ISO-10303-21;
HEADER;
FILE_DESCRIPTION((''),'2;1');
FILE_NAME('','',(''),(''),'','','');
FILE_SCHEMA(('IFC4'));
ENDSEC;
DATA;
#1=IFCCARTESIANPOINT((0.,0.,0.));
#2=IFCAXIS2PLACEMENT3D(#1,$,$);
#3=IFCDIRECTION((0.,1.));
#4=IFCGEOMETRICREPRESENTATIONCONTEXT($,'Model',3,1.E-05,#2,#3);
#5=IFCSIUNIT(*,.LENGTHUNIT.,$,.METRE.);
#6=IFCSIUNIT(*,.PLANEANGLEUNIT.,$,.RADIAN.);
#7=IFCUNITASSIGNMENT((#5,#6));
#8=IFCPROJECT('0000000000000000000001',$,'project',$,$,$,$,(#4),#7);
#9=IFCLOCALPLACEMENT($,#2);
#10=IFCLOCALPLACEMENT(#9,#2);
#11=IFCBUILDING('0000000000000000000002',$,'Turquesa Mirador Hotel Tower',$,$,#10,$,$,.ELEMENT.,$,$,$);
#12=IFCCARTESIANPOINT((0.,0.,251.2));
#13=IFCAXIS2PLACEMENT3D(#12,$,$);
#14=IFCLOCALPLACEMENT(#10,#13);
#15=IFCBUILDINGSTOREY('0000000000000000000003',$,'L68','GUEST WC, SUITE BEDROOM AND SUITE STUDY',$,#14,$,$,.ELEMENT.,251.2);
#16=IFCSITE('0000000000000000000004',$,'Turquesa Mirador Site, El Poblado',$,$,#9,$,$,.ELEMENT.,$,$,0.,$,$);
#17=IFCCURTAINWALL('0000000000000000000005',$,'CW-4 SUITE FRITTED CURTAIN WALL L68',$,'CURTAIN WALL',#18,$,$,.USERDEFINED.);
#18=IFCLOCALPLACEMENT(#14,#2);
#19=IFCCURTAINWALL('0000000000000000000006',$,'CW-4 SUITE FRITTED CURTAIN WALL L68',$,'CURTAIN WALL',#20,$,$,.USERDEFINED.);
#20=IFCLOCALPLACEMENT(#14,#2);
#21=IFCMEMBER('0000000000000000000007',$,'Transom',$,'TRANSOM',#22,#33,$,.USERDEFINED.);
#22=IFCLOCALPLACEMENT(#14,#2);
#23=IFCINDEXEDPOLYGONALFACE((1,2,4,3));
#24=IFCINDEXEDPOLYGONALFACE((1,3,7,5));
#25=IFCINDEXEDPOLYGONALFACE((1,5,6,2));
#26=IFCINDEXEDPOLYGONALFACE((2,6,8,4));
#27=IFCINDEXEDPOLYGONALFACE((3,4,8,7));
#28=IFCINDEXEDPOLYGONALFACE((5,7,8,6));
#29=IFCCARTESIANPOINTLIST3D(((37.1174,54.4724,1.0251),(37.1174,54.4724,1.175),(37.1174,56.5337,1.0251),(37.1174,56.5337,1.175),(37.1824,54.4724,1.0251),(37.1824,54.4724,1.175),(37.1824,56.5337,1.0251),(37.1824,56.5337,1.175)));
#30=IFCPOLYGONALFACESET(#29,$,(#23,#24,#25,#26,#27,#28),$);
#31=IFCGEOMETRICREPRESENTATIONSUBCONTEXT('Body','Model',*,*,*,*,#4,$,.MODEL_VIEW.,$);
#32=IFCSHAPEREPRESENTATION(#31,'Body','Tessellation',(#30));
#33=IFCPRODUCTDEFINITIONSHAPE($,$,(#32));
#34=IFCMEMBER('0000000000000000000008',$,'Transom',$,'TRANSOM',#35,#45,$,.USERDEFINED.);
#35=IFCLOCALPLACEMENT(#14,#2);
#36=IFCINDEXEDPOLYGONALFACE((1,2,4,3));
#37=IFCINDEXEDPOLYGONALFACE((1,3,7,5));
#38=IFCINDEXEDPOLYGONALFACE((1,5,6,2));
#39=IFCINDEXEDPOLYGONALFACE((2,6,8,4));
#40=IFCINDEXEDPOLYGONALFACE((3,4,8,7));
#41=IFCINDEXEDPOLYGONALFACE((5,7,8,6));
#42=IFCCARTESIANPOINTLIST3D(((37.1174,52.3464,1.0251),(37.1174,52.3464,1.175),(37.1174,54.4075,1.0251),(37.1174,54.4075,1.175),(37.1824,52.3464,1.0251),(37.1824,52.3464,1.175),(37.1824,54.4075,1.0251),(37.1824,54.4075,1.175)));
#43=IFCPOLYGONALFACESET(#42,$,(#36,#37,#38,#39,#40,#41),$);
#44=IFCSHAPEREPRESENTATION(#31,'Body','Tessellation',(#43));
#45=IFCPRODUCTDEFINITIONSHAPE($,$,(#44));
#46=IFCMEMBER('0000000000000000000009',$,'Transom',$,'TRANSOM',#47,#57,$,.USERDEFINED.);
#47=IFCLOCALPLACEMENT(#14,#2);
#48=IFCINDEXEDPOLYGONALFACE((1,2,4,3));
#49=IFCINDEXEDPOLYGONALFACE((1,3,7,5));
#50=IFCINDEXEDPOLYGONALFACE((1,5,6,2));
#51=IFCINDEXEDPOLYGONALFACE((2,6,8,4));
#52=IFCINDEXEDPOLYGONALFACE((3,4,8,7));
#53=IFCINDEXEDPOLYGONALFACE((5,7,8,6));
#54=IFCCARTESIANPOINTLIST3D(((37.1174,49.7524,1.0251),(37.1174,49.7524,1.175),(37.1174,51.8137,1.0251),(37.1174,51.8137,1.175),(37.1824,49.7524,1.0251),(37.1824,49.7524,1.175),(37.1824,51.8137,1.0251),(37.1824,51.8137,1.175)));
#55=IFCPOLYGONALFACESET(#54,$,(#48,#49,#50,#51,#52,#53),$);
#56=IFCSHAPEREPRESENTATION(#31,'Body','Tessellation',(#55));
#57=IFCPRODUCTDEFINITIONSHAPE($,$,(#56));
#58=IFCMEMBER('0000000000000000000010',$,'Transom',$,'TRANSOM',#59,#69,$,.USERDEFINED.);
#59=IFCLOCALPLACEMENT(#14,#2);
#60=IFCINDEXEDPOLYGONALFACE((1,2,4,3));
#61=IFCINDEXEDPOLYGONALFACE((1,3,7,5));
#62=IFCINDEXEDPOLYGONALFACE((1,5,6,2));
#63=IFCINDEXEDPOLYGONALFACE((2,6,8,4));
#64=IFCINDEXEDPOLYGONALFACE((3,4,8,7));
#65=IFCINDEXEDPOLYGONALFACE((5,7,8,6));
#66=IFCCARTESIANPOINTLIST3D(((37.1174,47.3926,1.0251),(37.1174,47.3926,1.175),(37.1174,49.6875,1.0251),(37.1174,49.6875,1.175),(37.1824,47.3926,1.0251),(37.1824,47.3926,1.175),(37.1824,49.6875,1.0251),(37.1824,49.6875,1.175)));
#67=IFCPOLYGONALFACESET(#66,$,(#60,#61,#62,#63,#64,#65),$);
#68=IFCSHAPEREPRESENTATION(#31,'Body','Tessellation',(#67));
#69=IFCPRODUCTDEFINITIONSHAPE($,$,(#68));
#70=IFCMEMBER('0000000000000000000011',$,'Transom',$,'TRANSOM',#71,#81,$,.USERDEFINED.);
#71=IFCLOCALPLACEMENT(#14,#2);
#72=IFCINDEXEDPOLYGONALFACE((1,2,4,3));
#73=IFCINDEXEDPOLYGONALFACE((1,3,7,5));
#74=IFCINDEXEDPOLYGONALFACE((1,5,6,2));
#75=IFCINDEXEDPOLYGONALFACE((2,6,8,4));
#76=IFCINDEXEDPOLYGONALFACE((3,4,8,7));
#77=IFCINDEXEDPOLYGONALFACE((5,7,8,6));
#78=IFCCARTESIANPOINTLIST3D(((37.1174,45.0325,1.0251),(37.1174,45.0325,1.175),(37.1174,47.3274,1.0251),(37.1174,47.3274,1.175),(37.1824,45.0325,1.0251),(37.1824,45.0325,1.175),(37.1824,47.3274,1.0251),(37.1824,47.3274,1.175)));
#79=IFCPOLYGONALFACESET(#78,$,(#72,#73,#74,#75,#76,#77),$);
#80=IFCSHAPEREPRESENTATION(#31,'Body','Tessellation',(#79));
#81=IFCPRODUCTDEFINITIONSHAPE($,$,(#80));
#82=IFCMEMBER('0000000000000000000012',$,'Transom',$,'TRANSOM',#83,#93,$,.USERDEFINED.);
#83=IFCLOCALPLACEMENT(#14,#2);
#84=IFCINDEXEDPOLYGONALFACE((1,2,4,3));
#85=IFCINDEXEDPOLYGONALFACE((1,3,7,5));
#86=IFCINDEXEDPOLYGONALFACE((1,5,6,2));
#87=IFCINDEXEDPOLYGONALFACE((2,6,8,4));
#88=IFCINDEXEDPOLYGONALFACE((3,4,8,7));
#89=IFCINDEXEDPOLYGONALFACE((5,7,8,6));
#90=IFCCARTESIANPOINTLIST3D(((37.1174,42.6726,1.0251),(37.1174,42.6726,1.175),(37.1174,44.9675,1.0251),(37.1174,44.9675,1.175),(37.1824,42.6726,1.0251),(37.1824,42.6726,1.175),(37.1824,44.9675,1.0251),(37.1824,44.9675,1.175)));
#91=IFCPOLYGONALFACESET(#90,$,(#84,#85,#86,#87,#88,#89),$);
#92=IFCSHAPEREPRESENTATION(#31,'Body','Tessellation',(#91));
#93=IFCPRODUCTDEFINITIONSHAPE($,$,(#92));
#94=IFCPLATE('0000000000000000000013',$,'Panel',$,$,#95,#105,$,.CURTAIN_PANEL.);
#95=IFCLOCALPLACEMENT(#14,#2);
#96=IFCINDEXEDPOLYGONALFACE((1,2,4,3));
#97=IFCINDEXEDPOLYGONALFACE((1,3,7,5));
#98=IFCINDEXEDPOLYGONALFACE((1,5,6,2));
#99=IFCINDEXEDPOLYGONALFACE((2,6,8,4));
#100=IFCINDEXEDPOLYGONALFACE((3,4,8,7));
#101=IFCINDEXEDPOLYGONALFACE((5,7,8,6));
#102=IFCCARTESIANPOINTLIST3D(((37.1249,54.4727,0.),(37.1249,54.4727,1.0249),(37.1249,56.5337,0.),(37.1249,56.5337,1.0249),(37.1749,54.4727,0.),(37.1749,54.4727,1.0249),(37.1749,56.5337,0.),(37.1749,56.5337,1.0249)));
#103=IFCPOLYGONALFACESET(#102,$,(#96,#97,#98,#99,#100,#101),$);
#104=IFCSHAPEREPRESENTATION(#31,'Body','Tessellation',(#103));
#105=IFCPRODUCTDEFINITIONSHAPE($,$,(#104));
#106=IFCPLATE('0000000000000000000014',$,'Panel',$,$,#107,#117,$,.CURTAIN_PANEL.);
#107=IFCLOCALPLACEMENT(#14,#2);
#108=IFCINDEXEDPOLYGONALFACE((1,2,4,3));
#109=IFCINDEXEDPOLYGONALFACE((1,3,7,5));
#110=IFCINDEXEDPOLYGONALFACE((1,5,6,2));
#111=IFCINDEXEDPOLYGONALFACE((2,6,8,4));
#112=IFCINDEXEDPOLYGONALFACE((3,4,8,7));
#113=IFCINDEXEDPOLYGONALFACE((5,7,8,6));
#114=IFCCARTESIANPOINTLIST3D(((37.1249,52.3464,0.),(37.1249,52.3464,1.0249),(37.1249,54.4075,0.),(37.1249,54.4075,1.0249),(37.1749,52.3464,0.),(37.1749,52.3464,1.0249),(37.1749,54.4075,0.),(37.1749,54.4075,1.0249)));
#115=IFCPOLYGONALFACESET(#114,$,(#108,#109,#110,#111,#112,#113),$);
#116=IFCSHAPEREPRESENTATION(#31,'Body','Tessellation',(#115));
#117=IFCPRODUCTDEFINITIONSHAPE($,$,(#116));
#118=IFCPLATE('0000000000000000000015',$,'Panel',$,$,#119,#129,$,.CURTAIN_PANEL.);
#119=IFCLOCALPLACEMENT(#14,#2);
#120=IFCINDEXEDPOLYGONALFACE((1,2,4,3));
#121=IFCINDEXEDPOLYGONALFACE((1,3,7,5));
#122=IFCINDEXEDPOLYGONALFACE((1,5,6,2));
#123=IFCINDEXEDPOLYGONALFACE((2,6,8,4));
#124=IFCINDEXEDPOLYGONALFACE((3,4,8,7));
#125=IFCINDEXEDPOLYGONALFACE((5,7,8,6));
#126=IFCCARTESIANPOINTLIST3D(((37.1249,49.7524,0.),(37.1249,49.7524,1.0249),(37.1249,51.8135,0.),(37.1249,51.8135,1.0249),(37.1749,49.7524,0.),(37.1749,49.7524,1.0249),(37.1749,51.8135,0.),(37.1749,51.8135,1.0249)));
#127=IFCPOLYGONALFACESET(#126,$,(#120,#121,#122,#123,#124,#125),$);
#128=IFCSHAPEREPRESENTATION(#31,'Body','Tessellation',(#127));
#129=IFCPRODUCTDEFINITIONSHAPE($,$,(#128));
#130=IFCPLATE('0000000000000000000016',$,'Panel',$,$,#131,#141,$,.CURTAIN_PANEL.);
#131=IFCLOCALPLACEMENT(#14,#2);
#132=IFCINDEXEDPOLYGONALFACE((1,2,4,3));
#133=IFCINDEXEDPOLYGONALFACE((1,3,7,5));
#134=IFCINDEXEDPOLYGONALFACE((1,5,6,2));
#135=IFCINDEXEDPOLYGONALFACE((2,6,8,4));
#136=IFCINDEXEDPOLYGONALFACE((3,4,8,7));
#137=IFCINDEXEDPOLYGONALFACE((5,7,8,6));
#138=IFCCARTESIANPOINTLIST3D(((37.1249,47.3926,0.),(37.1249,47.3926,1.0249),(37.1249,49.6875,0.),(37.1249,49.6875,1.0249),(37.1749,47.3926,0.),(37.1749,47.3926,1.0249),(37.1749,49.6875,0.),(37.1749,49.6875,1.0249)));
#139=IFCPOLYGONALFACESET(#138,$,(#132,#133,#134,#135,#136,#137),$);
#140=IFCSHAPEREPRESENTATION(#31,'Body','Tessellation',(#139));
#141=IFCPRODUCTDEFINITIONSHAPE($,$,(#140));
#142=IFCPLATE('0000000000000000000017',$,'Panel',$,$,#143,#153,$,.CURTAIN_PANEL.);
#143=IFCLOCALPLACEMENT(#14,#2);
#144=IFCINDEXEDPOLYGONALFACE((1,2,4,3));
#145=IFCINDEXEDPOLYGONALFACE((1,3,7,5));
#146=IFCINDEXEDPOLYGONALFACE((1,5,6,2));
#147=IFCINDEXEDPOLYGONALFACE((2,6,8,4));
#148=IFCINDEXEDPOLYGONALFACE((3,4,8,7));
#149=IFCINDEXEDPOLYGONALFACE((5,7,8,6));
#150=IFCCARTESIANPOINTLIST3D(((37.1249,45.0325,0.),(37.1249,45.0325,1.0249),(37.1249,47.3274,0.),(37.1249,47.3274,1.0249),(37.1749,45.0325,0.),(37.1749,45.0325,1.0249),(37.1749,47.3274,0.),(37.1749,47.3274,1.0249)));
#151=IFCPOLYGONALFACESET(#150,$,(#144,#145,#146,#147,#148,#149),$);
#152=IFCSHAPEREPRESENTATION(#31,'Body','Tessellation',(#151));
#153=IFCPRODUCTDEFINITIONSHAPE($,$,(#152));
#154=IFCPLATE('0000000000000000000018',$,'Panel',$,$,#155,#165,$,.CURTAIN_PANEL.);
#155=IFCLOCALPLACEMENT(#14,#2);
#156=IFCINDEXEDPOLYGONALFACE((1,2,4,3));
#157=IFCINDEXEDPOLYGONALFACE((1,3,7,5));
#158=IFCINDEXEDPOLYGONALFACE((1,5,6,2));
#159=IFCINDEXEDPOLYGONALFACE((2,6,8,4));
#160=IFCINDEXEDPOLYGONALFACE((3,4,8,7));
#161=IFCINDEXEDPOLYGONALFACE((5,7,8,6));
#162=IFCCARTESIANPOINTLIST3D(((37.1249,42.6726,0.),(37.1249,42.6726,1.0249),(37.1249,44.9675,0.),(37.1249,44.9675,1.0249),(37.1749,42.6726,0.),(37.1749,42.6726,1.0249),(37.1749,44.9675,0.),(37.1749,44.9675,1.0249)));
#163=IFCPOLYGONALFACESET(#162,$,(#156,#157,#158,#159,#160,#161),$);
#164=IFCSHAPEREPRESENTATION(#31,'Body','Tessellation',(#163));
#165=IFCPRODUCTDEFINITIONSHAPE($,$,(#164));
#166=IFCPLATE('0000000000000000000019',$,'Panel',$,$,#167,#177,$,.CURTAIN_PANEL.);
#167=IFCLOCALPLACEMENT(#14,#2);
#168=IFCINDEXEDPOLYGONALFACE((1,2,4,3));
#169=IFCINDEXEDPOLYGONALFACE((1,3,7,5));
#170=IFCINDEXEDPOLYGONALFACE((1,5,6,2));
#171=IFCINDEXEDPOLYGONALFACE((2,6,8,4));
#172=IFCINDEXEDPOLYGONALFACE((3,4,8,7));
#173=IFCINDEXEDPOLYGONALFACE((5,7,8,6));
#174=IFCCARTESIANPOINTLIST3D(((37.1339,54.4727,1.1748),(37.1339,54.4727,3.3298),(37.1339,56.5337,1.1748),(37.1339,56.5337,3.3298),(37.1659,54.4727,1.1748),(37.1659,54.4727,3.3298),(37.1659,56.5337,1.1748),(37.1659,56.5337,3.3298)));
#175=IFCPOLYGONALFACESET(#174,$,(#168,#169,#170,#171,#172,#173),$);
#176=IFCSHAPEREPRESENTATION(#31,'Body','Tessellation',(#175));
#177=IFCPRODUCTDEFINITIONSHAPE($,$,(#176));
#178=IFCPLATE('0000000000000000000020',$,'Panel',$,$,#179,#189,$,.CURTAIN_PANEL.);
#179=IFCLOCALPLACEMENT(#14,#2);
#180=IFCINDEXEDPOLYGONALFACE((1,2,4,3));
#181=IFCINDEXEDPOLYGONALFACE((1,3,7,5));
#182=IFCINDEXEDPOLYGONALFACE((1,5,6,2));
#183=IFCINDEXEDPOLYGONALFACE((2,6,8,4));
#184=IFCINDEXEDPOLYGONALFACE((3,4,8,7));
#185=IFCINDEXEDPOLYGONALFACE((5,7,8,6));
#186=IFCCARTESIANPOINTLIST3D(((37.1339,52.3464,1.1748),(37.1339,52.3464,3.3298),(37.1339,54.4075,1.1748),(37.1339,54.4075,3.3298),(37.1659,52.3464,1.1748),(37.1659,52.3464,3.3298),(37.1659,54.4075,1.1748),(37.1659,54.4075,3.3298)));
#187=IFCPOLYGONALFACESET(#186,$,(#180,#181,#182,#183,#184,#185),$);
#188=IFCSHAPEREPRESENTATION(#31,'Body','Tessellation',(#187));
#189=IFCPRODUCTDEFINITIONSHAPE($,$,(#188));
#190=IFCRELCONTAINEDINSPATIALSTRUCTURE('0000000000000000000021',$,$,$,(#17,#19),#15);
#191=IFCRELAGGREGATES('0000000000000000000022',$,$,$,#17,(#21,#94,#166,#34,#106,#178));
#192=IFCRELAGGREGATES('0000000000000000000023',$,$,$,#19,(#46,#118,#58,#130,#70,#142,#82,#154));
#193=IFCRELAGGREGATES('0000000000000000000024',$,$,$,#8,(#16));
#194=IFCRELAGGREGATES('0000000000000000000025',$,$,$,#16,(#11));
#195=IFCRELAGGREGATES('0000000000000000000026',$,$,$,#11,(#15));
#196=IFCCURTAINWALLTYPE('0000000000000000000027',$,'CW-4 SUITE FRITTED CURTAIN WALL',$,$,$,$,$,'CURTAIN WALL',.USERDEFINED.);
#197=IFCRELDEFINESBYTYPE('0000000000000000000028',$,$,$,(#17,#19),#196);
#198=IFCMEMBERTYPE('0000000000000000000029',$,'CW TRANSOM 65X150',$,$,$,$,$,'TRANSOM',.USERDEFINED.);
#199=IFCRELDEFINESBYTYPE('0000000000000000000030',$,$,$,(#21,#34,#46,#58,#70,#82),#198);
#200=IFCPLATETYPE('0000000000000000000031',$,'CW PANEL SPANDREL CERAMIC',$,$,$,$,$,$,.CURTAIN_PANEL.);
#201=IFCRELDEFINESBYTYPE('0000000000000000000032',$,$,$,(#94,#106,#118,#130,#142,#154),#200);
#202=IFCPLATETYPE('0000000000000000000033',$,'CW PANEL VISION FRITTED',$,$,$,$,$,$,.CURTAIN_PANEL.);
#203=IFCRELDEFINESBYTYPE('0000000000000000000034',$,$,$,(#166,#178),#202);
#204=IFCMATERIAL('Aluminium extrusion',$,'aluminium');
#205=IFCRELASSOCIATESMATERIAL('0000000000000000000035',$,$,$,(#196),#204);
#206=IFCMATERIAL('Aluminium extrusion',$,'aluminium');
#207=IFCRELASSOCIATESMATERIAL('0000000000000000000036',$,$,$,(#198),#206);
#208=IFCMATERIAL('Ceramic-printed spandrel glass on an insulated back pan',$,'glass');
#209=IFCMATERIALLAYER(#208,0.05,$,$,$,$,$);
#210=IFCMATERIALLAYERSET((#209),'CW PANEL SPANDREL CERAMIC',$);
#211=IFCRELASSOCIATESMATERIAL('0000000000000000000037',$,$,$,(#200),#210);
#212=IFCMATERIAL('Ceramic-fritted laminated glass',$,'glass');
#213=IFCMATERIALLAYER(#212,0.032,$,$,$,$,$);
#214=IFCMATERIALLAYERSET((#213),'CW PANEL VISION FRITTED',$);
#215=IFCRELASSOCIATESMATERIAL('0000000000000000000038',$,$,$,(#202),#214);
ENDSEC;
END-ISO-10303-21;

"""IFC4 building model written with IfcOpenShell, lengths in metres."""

from ifc_helpers import new_model, si_unit, direction, frame, origin, origin_2d, place, context, subcontext, project, spatial, rectangle, extrude, material, layer, layer_set, material_profile, profile_set, type_object, element, aggregate, save


model = new_model("IFC4")

# Units and contexts
model_context = context("Model", 3, precision=1e-05, world=origin(), true_north=direction((0.0, 1.0)))
body_context = subcontext(model_context, "Body", "Model", "MODEL_VIEW")
ifc_project = project(units=[si_unit("LENGTHUNIT", "METRE"), si_unit("PLANEANGLEUNIT", "RADIAN")], contexts=[model_context])

# Site, building, storey
site_placement = place(None, origin())
site = spatial("IfcSite", under=ifc_project, at=site_placement, Name="Turquesa Mirador Site, El Poblado", CompositionType="ELEMENT", RefElevation=0.0)
building_placement = place(site_placement, origin())
building = spatial("IfcBuilding", under=site, at=building_placement, Name="Turquesa Mirador Hotel Tower", CompositionType="ELEMENT")
storey_placement = place(building_placement, frame((0.0, 0.0, 251.2)))
storey = spatial("IfcBuildingStorey", under=building, at=storey_placement, Name="L68", Description="GUEST WC, SUITE BEDROOM AND SUITE STUDY", CompositionType="ELEMENT", Elevation=251.2)

# Curtain walls
ifc_material_1 = material(Name="Aluminium extrusion", Category="aluminium")
curtain_wall_type = type_object("IfcCurtainWallType", Name="CW-4 SUITE FRITTED CURTAIN WALL", ElementType="CURTAIN WALL", PredefinedType="USERDEFINED", material=ifc_material_1)
curtain_wall_1_placement = place(storey_placement, origin())
curtain_wall_1 = element("IfcCurtainWall", 1, at=curtain_wall_1_placement, inside=storey, type_object=curtain_wall_type, Name="CW-4 SUITE FRITTED CURTAIN WALL L68", ObjectType="CURTAIN WALL", PredefinedType="USERDEFINED")
curtain_wall_2_placement = place(storey_placement, origin())
curtain_wall_2 = element("IfcCurtainWall", 2, at=curtain_wall_2_placement, inside=storey, type_object=curtain_wall_type, Name="CW-4 SUITE FRITTED CURTAIN WALL L68", ObjectType="CURTAIN WALL", PredefinedType="USERDEFINED")

# Members
ifc_material_2 = material(Name="Aluminium extrusion", Category="aluminium")
ifc_material_profile_1 = material_profile(ifc_material_2, rectangle(XDim=0.0649, YDim=0.1499, at=origin_2d()), Name="TRANSOM 65X150")
ifc_profile_set_1 = profile_set([ifc_material_profile_1], Name="Aluminium extrusion")
member_type_1 = type_object("IfcMemberType", Name="CW TRANSOM 65X150", ElementType="TRANSOM", PredefinedType="USERDEFINED", material=ifc_profile_set_1)
member_1_placement = place(storey_placement, frame((37.1499, 56.5337, 1.1001), z_axis=(0.0, -1.0, 0.0), x_axis=(1.0, 0.0, 0.0)))
member_1 = element("IfcMember", 3, at=member_1_placement, type_object=member_type_1, Name="Transom", ObjectType="TRANSOM", PredefinedType="USERDEFINED", context=body_context, shape_type="SweptSolid", body=[
    extrude(rectangle(XDim=0.0649, YDim=0.1499, at=origin_2d()), origin(), (0.0, 0.0, 1.0), 2.0613),
])
member_2_placement = place(storey_placement, frame((37.1499, 54.4075, 1.1001), z_axis=(0.0, -1.0, 0.0), x_axis=(1.0, 0.0, 0.0)))
member_2 = element("IfcMember", 4, at=member_2_placement, type_object=member_type_1, Name="Transom", ObjectType="TRANSOM", PredefinedType="USERDEFINED", context=body_context, shape_type="SweptSolid", body=[
    extrude(rectangle(XDim=0.0649, YDim=0.1499, at=origin_2d()), origin(), (0.0, 0.0, 1.0), 2.061),
])
member_3_placement = place(storey_placement, frame((37.1499, 51.8137, 1.1001), z_axis=(0.0, -1.0, 0.0), x_axis=(1.0, 0.0, 0.0)))
member_3 = element("IfcMember", 5, at=member_3_placement, type_object=member_type_1, Name="Transom", ObjectType="TRANSOM", PredefinedType="USERDEFINED", context=body_context, shape_type="SweptSolid", body=[
    extrude(rectangle(XDim=0.0649, YDim=0.1499, at=origin_2d()), origin(), (0.0, 0.0, 1.0), 2.0613),
])
member_4_placement = place(storey_placement, frame((37.1499, 49.6875, 1.1001), z_axis=(0.0, -1.0, 0.0), x_axis=(1.0, 0.0, 0.0)))
member_4 = element("IfcMember", 6, at=member_4_placement, type_object=member_type_1, Name="Transom", ObjectType="TRANSOM", PredefinedType="USERDEFINED", context=body_context, shape_type="SweptSolid", body=[
    extrude(rectangle(XDim=0.0649, YDim=0.1499, at=origin_2d()), origin(), (0.0, 0.0, 1.0), 2.2949),
])
member_5_placement = place(storey_placement, frame((37.1499, 47.3274, 1.1001), z_axis=(0.0, -1.0, 0.0), x_axis=(1.0, 0.0, 0.0)))
member_5 = element("IfcMember", 7, at=member_5_placement, type_object=member_type_1, Name="Transom", ObjectType="TRANSOM", PredefinedType="USERDEFINED", context=body_context, shape_type="SweptSolid", body=[
    extrude(rectangle(XDim=0.0649, YDim=0.1499, at=origin_2d()), origin(), (0.0, 0.0, 1.0), 2.2949),
])
member_6_placement = place(storey_placement, frame((37.1499, 44.9675, 1.1001), z_axis=(0.0, -1.0, 0.0), x_axis=(1.0, 0.0, 0.0)))
member_6 = element("IfcMember", 8, at=member_6_placement, type_object=member_type_1, Name="Transom", ObjectType="TRANSOM", PredefinedType="USERDEFINED", context=body_context, shape_type="SweptSolid", body=[
    extrude(rectangle(XDim=0.0649, YDim=0.1499, at=origin_2d()), origin(), (0.0, 0.0, 1.0), 2.2949),
])

# Plates
ifc_material_3 = material(Name="Ceramic-printed spandrel glass on an insulated back pan", Category="glass")
ifc_layer_1 = layer(ifc_material_3, 0.05)
ifc_layer_set_1 = layer_set([ifc_layer_1], Name="CW PANEL SPANDREL CERAMIC")
plate_type_1 = type_object("IfcPlateType", Name="CW PANEL SPANDREL CERAMIC", PredefinedType="CURTAIN_PANEL", material=ifc_layer_set_1)
plate_1_placement = place(storey_placement, frame((37.1499, 55.5032, 0.0), z_axis=(0.0, 0.0, 1.0), x_axis=(0.0, -1.0, 0.0)))
plate_1 = element("IfcPlate", 9, at=plate_1_placement, type_object=plate_type_1, Name="Panel", PredefinedType="CURTAIN_PANEL", context=body_context, shape_type="SweptSolid", body=[
    extrude(rectangle(XDim=2.061, YDim=0.05, at=origin_2d()), origin(), (0.0, 0.0, 1.0), 1.0249),
])
plate_2_placement = place(storey_placement, frame((37.1499, 53.377, 0.0), z_axis=(0.0, 0.0, 1.0), x_axis=(0.0, -1.0, 0.0)))
plate_2 = element("IfcPlate", 10, at=plate_2_placement, type_object=plate_type_1, Name="Panel", PredefinedType="CURTAIN_PANEL", context=body_context, shape_type="SweptSolid", body=[
    extrude(rectangle(XDim=2.061, YDim=0.05, at=origin_2d()), origin(), (0.0, 0.0, 1.0), 1.0249),
])
plate_3_placement = place(storey_placement, frame((37.1499, 50.783, 0.0), z_axis=(0.0, 0.0, 1.0), x_axis=(0.0, -1.0, 0.0)))
plate_3 = element("IfcPlate", 11, at=plate_3_placement, type_object=plate_type_1, Name="Panel", PredefinedType="CURTAIN_PANEL", context=body_context, shape_type="SweptSolid", body=[
    extrude(rectangle(XDim=2.061, YDim=0.05, at=origin_2d()), origin(), (0.0, 0.0, 1.0), 1.0249),
])
plate_4_placement = place(storey_placement, frame((37.1499, 48.54, 0.0), z_axis=(0.0, 0.0, 1.0), x_axis=(0.0, -1.0, 0.0)))
plate_4 = element("IfcPlate", 12, at=plate_4_placement, type_object=plate_type_1, Name="Panel", PredefinedType="CURTAIN_PANEL", context=body_context, shape_type="SweptSolid", body=[
    extrude(rectangle(XDim=2.2949, YDim=0.05, at=origin_2d()), origin(), (0.0, 0.0, 1.0), 1.0249),
])
plate_5_placement = place(storey_placement, frame((37.1499, 46.1799, 0.0), z_axis=(0.0, 0.0, 1.0), x_axis=(0.0, -1.0, 0.0)))
plate_5 = element("IfcPlate", 13, at=plate_5_placement, type_object=plate_type_1, Name="Panel", PredefinedType="CURTAIN_PANEL", context=body_context, shape_type="SweptSolid", body=[
    extrude(rectangle(XDim=2.2949, YDim=0.05, at=origin_2d()), origin(), (0.0, 0.0, 1.0), 1.0249),
])
plate_6_placement = place(storey_placement, frame((37.1499, 43.8201, 0.0), z_axis=(0.0, 0.0, 1.0), x_axis=(0.0, -1.0, 0.0)))
plate_6 = element("IfcPlate", 14, at=plate_6_placement, type_object=plate_type_1, Name="Panel", PredefinedType="CURTAIN_PANEL", context=body_context, shape_type="SweptSolid", body=[
    extrude(rectangle(XDim=2.2949, YDim=0.05, at=origin_2d()), origin(), (0.0, 0.0, 1.0), 1.0249),
])
ifc_material_4 = material(Name="Ceramic-fritted laminated glass", Category="glass")
ifc_layer_2 = layer(ifc_material_4, 0.032)
ifc_layer_set_2 = layer_set([ifc_layer_2], Name="CW PANEL VISION FRITTED")
plate_type_2 = type_object("IfcPlateType", Name="CW PANEL VISION FRITTED", PredefinedType="CURTAIN_PANEL", material=ifc_layer_set_2)
plate_7_placement = place(storey_placement, frame((37.1499, 55.5032, 1.1748), z_axis=(0.0, 0.0, 1.0), x_axis=(0.0, -1.0, 0.0)))
plate_7 = element("IfcPlate", 15, at=plate_7_placement, type_object=plate_type_2, Name="Panel", PredefinedType="CURTAIN_PANEL", context=body_context, shape_type="SweptSolid", body=[
    extrude(rectangle(XDim=2.061, YDim=0.032, at=origin_2d()), origin(), (0.0, 0.0, 1.0), 2.155),
])
plate_8_placement = place(storey_placement, frame((37.1499, 53.377, 1.1748), z_axis=(0.0, 0.0, 1.0), x_axis=(0.0, -1.0, 0.0)))
plate_8 = element("IfcPlate", 16, at=plate_8_placement, type_object=plate_type_2, Name="Panel", PredefinedType="CURTAIN_PANEL", context=body_context, shape_type="SweptSolid", body=[
    extrude(rectangle(XDim=2.061, YDim=0.032, at=origin_2d()), origin(), (0.0, 0.0, 1.0), 2.155),
])
aggregate(curtain_wall_1, [member_1, plate_1, plate_7, member_2, plate_2, plate_8])
aggregate(curtain_wall_2, [member_3, plate_3, member_4, plate_4, member_5, plate_5, member_6, plate_6])

save(model, "model.ifc")
